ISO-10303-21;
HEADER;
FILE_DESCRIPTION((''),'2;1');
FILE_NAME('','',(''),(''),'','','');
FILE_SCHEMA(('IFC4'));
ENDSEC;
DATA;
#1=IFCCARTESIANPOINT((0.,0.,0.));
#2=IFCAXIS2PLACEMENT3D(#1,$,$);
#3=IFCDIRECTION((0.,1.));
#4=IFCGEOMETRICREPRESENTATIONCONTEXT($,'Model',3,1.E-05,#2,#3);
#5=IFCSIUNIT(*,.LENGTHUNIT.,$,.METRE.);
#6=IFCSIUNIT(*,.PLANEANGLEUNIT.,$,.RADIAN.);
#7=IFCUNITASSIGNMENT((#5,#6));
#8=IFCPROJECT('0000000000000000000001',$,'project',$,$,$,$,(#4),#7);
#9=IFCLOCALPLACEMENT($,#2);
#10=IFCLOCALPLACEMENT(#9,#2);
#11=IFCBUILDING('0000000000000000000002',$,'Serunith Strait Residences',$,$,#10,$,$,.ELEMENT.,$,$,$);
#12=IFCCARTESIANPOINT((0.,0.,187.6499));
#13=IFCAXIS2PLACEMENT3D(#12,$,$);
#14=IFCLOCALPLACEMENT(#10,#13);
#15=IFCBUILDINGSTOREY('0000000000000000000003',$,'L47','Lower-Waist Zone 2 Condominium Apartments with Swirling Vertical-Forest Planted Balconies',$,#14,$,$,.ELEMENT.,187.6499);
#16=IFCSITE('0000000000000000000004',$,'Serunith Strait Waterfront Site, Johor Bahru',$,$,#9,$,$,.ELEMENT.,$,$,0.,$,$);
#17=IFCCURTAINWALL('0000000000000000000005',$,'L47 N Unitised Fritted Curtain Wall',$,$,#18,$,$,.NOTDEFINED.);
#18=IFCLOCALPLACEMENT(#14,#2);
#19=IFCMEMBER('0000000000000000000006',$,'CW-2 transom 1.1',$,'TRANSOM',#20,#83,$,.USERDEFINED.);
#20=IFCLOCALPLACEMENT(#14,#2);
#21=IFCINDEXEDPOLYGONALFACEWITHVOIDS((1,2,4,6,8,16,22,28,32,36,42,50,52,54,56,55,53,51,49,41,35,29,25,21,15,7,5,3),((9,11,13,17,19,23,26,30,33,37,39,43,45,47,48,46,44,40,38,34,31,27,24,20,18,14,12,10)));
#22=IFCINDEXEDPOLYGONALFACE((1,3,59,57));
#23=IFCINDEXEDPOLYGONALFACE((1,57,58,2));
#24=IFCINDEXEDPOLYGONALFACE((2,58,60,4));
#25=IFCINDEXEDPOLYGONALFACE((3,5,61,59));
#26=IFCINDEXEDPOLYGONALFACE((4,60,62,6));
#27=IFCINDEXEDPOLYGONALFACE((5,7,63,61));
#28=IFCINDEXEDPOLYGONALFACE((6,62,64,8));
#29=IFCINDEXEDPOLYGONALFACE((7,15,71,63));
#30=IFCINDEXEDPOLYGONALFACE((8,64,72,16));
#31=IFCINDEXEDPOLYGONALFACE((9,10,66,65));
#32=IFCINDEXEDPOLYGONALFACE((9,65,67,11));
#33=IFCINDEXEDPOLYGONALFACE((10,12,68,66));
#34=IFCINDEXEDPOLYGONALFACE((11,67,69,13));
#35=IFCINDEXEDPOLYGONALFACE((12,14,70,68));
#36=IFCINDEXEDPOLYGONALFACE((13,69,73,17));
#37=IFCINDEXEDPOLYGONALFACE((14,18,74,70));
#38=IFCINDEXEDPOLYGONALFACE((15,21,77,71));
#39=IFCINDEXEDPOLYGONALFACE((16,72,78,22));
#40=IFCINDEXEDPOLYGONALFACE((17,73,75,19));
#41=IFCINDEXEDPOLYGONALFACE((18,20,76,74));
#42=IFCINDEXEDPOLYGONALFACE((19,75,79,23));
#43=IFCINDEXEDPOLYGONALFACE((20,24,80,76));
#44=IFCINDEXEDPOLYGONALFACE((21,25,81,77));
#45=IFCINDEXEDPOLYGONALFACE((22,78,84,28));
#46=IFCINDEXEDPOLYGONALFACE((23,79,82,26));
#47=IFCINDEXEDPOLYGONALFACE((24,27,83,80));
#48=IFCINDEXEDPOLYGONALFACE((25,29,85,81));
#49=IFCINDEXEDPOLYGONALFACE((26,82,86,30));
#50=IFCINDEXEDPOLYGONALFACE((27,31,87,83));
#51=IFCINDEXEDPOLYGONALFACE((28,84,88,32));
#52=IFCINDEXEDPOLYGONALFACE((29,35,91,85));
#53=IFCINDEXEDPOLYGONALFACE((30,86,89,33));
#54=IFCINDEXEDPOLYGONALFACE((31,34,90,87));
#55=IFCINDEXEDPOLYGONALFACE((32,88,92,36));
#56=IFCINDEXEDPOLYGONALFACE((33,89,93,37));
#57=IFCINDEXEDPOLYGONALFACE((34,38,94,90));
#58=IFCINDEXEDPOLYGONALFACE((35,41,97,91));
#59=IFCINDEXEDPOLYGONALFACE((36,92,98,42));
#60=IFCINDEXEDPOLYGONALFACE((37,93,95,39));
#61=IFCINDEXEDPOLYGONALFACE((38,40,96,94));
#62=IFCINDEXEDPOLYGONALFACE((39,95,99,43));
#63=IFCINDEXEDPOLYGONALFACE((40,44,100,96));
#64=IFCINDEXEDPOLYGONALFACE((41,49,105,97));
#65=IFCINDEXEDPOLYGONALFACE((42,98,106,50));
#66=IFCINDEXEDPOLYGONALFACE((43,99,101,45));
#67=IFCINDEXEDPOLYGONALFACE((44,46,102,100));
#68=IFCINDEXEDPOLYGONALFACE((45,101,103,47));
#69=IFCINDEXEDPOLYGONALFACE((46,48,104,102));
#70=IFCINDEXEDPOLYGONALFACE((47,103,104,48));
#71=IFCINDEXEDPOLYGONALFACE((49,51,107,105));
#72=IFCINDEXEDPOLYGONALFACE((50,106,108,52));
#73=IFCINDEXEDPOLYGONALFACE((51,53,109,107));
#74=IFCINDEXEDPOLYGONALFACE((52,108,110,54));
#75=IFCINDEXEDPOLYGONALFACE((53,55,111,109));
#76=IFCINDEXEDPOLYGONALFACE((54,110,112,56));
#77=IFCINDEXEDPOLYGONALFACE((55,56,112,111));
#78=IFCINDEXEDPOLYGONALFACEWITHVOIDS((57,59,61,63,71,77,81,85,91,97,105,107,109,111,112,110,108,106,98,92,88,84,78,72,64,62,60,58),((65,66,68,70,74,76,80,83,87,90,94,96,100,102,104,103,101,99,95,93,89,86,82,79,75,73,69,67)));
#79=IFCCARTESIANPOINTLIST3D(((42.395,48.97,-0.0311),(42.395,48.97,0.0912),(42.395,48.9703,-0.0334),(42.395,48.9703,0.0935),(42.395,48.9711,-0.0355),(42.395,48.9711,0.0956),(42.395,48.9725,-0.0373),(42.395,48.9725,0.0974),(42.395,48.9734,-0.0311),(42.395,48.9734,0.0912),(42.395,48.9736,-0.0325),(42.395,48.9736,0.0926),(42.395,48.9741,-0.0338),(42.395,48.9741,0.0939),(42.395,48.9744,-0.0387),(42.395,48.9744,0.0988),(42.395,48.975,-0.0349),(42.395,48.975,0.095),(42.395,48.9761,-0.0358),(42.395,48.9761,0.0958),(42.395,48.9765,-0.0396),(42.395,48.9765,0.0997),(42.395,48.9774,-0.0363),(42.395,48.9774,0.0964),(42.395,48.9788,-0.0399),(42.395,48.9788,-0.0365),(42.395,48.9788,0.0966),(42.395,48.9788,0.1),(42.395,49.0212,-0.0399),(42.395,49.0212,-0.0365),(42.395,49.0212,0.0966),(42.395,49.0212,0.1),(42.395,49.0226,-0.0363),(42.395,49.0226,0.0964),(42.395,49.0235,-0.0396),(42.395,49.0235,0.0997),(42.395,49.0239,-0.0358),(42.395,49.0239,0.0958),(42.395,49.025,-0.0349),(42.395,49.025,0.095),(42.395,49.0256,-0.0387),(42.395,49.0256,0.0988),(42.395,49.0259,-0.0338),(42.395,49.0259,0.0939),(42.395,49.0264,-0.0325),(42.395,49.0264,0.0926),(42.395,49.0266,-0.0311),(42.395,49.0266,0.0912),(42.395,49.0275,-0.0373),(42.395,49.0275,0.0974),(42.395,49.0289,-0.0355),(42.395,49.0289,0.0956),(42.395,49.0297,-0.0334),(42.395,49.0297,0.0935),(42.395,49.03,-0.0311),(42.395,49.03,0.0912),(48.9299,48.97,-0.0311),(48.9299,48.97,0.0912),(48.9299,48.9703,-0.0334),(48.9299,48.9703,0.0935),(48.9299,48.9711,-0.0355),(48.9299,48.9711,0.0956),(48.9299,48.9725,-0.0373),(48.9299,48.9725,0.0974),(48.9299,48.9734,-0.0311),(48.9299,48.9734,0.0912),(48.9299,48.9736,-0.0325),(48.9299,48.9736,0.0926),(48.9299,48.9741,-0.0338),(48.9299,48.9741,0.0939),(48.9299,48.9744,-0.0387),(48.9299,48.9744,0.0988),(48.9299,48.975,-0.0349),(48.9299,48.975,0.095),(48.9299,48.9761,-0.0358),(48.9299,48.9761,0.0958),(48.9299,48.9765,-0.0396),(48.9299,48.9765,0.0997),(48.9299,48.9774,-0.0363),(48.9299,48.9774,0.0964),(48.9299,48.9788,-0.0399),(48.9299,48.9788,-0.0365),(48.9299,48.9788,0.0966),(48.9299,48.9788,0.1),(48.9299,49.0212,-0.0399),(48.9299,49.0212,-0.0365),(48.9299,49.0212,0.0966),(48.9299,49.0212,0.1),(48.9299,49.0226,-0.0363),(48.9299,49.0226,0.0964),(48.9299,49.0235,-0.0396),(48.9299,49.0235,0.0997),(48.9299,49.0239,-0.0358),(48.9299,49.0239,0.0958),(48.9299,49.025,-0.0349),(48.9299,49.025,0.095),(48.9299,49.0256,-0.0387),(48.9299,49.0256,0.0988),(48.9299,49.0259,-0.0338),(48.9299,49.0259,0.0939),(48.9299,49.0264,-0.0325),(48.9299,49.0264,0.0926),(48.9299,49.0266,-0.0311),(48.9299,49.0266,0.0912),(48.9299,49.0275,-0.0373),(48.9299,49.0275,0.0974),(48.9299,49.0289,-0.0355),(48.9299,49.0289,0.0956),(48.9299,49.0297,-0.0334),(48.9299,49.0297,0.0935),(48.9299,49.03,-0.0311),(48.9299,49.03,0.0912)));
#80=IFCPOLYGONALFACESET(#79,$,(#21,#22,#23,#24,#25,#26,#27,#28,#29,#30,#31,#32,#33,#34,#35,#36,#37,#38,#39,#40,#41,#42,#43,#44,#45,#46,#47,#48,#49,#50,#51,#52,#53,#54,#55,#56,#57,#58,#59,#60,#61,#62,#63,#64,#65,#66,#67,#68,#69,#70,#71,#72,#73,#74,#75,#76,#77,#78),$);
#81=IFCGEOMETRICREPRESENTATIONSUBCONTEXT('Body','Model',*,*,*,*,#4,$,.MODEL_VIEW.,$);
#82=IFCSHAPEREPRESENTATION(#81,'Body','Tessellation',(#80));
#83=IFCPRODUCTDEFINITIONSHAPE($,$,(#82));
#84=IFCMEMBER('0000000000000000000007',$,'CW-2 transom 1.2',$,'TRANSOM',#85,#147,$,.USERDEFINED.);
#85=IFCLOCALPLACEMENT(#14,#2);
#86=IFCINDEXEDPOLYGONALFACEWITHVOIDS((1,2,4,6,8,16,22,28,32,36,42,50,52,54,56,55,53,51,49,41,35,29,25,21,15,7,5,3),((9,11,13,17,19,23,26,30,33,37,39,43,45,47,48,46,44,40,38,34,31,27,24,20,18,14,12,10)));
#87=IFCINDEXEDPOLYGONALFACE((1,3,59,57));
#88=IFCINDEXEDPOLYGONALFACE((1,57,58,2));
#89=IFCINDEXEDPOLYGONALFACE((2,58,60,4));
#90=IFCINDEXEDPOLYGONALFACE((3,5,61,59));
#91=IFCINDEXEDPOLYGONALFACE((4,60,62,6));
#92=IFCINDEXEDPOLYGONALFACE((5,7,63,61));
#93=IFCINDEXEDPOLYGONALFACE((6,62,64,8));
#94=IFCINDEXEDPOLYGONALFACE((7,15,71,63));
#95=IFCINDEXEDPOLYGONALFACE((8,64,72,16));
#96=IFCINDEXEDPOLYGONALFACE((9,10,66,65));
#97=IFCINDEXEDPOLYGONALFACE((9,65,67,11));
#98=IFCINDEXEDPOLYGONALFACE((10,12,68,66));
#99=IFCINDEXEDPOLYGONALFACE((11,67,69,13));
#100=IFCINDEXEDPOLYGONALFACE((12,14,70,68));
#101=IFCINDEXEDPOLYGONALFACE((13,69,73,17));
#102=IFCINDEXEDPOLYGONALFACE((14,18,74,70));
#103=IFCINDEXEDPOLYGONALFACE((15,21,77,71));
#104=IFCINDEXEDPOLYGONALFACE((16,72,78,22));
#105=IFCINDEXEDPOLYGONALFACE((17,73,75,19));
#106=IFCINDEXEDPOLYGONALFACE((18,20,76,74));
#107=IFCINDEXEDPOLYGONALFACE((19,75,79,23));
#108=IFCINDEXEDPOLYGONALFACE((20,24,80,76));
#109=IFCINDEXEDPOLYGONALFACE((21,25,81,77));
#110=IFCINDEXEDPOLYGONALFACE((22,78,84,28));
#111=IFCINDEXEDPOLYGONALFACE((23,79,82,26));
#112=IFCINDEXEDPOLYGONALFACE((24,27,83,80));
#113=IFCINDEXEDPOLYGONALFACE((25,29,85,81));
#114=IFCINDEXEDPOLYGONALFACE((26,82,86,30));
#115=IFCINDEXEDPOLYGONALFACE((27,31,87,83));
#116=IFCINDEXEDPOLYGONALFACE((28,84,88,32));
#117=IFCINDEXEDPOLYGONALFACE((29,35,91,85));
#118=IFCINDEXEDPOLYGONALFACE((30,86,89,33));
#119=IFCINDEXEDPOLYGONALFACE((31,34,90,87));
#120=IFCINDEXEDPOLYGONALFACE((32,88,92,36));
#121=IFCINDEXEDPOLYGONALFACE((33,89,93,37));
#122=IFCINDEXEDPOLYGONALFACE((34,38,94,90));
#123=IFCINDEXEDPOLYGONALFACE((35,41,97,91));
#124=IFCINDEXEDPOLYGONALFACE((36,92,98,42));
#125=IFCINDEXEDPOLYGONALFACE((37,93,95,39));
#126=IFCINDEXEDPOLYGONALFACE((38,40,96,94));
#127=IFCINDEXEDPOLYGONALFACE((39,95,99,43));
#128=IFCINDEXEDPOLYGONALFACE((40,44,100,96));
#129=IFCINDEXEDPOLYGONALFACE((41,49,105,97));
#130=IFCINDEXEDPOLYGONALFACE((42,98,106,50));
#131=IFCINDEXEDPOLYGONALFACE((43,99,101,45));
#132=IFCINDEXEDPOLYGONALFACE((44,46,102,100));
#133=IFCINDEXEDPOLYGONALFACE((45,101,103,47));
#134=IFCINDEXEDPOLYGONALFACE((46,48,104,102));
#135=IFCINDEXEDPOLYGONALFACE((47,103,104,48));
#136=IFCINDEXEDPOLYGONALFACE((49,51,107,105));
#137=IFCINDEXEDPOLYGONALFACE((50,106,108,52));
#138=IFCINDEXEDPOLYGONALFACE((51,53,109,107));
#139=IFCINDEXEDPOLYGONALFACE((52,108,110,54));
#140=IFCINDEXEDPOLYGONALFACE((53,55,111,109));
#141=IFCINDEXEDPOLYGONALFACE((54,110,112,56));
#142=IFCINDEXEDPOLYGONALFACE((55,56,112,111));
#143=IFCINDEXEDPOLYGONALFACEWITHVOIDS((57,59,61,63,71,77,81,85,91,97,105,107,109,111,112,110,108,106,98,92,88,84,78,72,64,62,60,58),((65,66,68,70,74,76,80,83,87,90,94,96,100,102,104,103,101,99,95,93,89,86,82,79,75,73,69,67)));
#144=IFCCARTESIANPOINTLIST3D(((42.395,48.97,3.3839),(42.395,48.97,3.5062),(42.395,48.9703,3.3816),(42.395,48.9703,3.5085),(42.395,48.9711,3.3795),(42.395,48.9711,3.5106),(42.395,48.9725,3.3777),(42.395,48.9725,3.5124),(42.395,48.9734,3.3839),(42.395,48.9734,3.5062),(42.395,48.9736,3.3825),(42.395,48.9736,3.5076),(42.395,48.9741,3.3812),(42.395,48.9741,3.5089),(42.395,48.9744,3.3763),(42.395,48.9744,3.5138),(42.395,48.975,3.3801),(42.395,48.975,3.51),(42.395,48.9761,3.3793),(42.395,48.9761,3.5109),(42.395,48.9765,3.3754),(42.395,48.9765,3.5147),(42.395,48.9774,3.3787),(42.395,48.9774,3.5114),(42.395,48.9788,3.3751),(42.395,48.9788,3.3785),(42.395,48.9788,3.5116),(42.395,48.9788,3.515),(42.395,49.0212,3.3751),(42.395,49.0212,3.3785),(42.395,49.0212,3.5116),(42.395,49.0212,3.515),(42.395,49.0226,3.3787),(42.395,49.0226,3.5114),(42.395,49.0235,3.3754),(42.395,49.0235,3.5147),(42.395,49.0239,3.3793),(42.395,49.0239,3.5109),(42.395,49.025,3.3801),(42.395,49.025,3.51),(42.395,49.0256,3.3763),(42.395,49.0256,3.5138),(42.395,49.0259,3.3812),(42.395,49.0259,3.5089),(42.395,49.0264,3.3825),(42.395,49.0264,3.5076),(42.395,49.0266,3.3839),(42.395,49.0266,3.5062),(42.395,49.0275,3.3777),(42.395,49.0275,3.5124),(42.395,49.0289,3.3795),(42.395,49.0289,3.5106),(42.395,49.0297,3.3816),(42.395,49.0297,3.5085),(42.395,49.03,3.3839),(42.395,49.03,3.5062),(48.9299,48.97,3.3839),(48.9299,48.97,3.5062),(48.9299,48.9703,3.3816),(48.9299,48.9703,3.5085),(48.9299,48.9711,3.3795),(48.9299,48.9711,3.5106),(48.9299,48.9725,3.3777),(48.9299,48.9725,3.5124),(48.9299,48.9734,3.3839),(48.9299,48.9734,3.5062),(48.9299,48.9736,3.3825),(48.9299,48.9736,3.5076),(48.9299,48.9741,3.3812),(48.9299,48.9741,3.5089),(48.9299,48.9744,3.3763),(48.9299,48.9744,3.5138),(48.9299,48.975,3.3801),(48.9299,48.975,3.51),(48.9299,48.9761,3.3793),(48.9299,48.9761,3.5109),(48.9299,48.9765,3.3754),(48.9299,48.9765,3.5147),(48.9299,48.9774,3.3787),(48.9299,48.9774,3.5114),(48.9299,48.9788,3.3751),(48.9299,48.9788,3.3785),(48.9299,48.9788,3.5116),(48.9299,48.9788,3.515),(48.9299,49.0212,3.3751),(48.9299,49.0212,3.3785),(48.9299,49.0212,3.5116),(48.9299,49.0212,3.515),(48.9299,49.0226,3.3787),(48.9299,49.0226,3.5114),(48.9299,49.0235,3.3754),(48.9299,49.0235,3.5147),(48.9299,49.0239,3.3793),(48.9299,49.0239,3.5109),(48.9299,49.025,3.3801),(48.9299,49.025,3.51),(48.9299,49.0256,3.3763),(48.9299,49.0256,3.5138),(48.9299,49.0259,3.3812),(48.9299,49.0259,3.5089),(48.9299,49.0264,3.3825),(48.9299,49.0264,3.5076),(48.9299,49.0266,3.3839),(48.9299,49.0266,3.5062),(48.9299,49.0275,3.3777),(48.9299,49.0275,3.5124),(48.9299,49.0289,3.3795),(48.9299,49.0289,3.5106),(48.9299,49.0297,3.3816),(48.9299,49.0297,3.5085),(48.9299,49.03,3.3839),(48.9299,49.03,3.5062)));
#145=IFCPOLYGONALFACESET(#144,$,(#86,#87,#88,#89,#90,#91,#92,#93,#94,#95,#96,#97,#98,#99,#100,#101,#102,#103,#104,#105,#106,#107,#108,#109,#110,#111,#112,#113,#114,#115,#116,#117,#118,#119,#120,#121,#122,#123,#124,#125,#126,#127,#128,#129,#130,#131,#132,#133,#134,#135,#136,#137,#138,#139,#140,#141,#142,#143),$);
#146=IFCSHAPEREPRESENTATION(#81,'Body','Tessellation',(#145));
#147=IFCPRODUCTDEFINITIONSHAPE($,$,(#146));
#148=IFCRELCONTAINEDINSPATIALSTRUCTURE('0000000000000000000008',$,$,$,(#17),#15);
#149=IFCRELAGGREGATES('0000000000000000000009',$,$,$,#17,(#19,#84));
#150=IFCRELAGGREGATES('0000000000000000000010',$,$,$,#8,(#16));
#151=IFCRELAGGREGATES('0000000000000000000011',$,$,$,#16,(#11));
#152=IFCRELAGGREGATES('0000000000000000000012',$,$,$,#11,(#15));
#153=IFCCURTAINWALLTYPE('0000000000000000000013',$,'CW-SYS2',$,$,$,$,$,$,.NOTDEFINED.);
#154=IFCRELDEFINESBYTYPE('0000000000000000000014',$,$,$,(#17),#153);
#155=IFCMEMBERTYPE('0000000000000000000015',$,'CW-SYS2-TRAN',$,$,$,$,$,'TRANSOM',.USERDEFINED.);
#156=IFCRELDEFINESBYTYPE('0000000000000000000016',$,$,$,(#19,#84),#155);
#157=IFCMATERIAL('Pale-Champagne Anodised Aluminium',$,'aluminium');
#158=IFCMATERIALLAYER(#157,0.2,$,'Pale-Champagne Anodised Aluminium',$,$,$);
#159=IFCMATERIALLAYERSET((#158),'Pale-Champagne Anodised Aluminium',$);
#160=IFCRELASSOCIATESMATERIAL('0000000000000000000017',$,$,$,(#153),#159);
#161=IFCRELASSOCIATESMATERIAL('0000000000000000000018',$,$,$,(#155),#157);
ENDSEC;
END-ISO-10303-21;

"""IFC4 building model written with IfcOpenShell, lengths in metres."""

from ifc_helpers import new_model, si_unit, direction, frame, origin, origin_2d, place, context, subcontext, project, spatial, hollow_rectangle, extrude, source, transform, mapped, material, layer, layer_set, material_profile, profile_set, type_object, element, aggregate, save


model = new_model("IFC4")

# Units and contexts
model_context = context("Model", 3, precision=1e-05, world=origin(), true_north=direction((0.0, 1.0)))
body_context = subcontext(model_context, "Body", "Model", "MODEL_VIEW")
ifc_project = project(units=[si_unit("LENGTHUNIT", "METRE"), si_unit("PLANEANGLEUNIT", "RADIAN")], contexts=[model_context])

# Site, building, storey
site_placement = place(None, origin())
site = spatial("IfcSite", under=ifc_project, at=site_placement, Name="Serunith Strait Waterfront Site, Johor Bahru", CompositionType="ELEMENT", RefElevation=0.0)
building_placement = place(site_placement, origin())
building = spatial("IfcBuilding", under=site, at=building_placement, Name="Serunith Strait Residences", CompositionType="ELEMENT")
storey_placement = place(building_placement, frame((0.0, 0.0, 187.6499)))
storey = spatial("IfcBuildingStorey", under=building, at=storey_placement, Name="L47", Description="Lower-Waist Zone 2 Condominium Apartments with Swirling Vertical-Forest Planted Balconies", CompositionType="ELEMENT", Elevation=187.6499)

# Shared definitions
ifc_material_1 = material(Name="Pale-Champagne Anodised Aluminium", Category="aluminium")
ifc_layer_1 = layer(ifc_material_1, 0.2, Name="Pale-Champagne Anodised Aluminium")
ifc_layer_set_1 = layer_set([ifc_layer_1], Name="Pale-Champagne Anodised Aluminium")
curtain_wall_type = type_object("IfcCurtainWallType", Name="CW-SYS2", PredefinedType="NOTDEFINED", material=ifc_layer_set_1)

# Curtain wall, members
curtain_wall_1_placement = place(storey_placement, origin())
curtain_wall_1 = element("IfcCurtainWall", 1, at=curtain_wall_1_placement, inside=storey, type_object=curtain_wall_type, Name="L47 N Unitised Fritted Curtain Wall", PredefinedType="NOTDEFINED")
ifc_material_profile_1 = material_profile(ifc_material_1, hollow_rectangle(XDim=0.0601, YDim=0.1399, WallThickness=0.0034, InnerFilletRadius=0.0054, OuterFilletRadius=0.0088, at=origin_2d()), Name="ALU 140x60x3.5")
ifc_profile_set_1 = profile_set([ifc_material_profile_1], Name="Pale-Champagne Anodised Aluminium")
member_type_1 = type_object("IfcMemberType", Name="CW-SYS2-TRAN", ElementType="TRANSOM", PredefinedType="USERDEFINED", material=ifc_profile_set_1)
shared_shape_1 = source(origin(), body_context, "Body", "SweptSolid", [
    extrude(hollow_rectangle(XDim=0.0601, YDim=0.1399, WallThickness=0.0034, InnerFilletRadius=0.0054, OuterFilletRadius=0.0088, at=origin_2d()), origin(), (0.0, 0.0, 1.0), 6.5349),
])
member_1_placement = place(storey_placement, frame((48.9299, 49.0, 0.03), z_axis=(-1.0, 0.0, 0.0), x_axis=(0.0, -1.0, 0.0)))
member_1 = element("IfcMember", 2, at=member_1_placement, type_object=member_type_1, Name="CW-2 transom 1.1", ObjectType="TRANSOM", PredefinedType="USERDEFINED", context=body_context, shape_type="MappedRepresentation", body=[
    mapped(shared_shape_1, transform((0.0, 0.0, 0.0), scale=1.0)),
])
member_2_placement = place(storey_placement, frame((48.9299, 49.0, 3.4451), z_axis=(-1.0, 0.0, 0.0), x_axis=(0.0, -1.0, 0.0)))
member_2 = element("IfcMember", 3, at=member_2_placement, type_object=member_type_1, Name="CW-2 transom 1.2", ObjectType="TRANSOM", PredefinedType="USERDEFINED", context=body_context, shape_type="MappedRepresentation", body=[
    mapped(shared_shape_1, transform((0.0, 0.0, 0.0), scale=1.0)),
])
aggregate(curtain_wall_1, [member_1, member_2])

save(model, "model.ifc")
